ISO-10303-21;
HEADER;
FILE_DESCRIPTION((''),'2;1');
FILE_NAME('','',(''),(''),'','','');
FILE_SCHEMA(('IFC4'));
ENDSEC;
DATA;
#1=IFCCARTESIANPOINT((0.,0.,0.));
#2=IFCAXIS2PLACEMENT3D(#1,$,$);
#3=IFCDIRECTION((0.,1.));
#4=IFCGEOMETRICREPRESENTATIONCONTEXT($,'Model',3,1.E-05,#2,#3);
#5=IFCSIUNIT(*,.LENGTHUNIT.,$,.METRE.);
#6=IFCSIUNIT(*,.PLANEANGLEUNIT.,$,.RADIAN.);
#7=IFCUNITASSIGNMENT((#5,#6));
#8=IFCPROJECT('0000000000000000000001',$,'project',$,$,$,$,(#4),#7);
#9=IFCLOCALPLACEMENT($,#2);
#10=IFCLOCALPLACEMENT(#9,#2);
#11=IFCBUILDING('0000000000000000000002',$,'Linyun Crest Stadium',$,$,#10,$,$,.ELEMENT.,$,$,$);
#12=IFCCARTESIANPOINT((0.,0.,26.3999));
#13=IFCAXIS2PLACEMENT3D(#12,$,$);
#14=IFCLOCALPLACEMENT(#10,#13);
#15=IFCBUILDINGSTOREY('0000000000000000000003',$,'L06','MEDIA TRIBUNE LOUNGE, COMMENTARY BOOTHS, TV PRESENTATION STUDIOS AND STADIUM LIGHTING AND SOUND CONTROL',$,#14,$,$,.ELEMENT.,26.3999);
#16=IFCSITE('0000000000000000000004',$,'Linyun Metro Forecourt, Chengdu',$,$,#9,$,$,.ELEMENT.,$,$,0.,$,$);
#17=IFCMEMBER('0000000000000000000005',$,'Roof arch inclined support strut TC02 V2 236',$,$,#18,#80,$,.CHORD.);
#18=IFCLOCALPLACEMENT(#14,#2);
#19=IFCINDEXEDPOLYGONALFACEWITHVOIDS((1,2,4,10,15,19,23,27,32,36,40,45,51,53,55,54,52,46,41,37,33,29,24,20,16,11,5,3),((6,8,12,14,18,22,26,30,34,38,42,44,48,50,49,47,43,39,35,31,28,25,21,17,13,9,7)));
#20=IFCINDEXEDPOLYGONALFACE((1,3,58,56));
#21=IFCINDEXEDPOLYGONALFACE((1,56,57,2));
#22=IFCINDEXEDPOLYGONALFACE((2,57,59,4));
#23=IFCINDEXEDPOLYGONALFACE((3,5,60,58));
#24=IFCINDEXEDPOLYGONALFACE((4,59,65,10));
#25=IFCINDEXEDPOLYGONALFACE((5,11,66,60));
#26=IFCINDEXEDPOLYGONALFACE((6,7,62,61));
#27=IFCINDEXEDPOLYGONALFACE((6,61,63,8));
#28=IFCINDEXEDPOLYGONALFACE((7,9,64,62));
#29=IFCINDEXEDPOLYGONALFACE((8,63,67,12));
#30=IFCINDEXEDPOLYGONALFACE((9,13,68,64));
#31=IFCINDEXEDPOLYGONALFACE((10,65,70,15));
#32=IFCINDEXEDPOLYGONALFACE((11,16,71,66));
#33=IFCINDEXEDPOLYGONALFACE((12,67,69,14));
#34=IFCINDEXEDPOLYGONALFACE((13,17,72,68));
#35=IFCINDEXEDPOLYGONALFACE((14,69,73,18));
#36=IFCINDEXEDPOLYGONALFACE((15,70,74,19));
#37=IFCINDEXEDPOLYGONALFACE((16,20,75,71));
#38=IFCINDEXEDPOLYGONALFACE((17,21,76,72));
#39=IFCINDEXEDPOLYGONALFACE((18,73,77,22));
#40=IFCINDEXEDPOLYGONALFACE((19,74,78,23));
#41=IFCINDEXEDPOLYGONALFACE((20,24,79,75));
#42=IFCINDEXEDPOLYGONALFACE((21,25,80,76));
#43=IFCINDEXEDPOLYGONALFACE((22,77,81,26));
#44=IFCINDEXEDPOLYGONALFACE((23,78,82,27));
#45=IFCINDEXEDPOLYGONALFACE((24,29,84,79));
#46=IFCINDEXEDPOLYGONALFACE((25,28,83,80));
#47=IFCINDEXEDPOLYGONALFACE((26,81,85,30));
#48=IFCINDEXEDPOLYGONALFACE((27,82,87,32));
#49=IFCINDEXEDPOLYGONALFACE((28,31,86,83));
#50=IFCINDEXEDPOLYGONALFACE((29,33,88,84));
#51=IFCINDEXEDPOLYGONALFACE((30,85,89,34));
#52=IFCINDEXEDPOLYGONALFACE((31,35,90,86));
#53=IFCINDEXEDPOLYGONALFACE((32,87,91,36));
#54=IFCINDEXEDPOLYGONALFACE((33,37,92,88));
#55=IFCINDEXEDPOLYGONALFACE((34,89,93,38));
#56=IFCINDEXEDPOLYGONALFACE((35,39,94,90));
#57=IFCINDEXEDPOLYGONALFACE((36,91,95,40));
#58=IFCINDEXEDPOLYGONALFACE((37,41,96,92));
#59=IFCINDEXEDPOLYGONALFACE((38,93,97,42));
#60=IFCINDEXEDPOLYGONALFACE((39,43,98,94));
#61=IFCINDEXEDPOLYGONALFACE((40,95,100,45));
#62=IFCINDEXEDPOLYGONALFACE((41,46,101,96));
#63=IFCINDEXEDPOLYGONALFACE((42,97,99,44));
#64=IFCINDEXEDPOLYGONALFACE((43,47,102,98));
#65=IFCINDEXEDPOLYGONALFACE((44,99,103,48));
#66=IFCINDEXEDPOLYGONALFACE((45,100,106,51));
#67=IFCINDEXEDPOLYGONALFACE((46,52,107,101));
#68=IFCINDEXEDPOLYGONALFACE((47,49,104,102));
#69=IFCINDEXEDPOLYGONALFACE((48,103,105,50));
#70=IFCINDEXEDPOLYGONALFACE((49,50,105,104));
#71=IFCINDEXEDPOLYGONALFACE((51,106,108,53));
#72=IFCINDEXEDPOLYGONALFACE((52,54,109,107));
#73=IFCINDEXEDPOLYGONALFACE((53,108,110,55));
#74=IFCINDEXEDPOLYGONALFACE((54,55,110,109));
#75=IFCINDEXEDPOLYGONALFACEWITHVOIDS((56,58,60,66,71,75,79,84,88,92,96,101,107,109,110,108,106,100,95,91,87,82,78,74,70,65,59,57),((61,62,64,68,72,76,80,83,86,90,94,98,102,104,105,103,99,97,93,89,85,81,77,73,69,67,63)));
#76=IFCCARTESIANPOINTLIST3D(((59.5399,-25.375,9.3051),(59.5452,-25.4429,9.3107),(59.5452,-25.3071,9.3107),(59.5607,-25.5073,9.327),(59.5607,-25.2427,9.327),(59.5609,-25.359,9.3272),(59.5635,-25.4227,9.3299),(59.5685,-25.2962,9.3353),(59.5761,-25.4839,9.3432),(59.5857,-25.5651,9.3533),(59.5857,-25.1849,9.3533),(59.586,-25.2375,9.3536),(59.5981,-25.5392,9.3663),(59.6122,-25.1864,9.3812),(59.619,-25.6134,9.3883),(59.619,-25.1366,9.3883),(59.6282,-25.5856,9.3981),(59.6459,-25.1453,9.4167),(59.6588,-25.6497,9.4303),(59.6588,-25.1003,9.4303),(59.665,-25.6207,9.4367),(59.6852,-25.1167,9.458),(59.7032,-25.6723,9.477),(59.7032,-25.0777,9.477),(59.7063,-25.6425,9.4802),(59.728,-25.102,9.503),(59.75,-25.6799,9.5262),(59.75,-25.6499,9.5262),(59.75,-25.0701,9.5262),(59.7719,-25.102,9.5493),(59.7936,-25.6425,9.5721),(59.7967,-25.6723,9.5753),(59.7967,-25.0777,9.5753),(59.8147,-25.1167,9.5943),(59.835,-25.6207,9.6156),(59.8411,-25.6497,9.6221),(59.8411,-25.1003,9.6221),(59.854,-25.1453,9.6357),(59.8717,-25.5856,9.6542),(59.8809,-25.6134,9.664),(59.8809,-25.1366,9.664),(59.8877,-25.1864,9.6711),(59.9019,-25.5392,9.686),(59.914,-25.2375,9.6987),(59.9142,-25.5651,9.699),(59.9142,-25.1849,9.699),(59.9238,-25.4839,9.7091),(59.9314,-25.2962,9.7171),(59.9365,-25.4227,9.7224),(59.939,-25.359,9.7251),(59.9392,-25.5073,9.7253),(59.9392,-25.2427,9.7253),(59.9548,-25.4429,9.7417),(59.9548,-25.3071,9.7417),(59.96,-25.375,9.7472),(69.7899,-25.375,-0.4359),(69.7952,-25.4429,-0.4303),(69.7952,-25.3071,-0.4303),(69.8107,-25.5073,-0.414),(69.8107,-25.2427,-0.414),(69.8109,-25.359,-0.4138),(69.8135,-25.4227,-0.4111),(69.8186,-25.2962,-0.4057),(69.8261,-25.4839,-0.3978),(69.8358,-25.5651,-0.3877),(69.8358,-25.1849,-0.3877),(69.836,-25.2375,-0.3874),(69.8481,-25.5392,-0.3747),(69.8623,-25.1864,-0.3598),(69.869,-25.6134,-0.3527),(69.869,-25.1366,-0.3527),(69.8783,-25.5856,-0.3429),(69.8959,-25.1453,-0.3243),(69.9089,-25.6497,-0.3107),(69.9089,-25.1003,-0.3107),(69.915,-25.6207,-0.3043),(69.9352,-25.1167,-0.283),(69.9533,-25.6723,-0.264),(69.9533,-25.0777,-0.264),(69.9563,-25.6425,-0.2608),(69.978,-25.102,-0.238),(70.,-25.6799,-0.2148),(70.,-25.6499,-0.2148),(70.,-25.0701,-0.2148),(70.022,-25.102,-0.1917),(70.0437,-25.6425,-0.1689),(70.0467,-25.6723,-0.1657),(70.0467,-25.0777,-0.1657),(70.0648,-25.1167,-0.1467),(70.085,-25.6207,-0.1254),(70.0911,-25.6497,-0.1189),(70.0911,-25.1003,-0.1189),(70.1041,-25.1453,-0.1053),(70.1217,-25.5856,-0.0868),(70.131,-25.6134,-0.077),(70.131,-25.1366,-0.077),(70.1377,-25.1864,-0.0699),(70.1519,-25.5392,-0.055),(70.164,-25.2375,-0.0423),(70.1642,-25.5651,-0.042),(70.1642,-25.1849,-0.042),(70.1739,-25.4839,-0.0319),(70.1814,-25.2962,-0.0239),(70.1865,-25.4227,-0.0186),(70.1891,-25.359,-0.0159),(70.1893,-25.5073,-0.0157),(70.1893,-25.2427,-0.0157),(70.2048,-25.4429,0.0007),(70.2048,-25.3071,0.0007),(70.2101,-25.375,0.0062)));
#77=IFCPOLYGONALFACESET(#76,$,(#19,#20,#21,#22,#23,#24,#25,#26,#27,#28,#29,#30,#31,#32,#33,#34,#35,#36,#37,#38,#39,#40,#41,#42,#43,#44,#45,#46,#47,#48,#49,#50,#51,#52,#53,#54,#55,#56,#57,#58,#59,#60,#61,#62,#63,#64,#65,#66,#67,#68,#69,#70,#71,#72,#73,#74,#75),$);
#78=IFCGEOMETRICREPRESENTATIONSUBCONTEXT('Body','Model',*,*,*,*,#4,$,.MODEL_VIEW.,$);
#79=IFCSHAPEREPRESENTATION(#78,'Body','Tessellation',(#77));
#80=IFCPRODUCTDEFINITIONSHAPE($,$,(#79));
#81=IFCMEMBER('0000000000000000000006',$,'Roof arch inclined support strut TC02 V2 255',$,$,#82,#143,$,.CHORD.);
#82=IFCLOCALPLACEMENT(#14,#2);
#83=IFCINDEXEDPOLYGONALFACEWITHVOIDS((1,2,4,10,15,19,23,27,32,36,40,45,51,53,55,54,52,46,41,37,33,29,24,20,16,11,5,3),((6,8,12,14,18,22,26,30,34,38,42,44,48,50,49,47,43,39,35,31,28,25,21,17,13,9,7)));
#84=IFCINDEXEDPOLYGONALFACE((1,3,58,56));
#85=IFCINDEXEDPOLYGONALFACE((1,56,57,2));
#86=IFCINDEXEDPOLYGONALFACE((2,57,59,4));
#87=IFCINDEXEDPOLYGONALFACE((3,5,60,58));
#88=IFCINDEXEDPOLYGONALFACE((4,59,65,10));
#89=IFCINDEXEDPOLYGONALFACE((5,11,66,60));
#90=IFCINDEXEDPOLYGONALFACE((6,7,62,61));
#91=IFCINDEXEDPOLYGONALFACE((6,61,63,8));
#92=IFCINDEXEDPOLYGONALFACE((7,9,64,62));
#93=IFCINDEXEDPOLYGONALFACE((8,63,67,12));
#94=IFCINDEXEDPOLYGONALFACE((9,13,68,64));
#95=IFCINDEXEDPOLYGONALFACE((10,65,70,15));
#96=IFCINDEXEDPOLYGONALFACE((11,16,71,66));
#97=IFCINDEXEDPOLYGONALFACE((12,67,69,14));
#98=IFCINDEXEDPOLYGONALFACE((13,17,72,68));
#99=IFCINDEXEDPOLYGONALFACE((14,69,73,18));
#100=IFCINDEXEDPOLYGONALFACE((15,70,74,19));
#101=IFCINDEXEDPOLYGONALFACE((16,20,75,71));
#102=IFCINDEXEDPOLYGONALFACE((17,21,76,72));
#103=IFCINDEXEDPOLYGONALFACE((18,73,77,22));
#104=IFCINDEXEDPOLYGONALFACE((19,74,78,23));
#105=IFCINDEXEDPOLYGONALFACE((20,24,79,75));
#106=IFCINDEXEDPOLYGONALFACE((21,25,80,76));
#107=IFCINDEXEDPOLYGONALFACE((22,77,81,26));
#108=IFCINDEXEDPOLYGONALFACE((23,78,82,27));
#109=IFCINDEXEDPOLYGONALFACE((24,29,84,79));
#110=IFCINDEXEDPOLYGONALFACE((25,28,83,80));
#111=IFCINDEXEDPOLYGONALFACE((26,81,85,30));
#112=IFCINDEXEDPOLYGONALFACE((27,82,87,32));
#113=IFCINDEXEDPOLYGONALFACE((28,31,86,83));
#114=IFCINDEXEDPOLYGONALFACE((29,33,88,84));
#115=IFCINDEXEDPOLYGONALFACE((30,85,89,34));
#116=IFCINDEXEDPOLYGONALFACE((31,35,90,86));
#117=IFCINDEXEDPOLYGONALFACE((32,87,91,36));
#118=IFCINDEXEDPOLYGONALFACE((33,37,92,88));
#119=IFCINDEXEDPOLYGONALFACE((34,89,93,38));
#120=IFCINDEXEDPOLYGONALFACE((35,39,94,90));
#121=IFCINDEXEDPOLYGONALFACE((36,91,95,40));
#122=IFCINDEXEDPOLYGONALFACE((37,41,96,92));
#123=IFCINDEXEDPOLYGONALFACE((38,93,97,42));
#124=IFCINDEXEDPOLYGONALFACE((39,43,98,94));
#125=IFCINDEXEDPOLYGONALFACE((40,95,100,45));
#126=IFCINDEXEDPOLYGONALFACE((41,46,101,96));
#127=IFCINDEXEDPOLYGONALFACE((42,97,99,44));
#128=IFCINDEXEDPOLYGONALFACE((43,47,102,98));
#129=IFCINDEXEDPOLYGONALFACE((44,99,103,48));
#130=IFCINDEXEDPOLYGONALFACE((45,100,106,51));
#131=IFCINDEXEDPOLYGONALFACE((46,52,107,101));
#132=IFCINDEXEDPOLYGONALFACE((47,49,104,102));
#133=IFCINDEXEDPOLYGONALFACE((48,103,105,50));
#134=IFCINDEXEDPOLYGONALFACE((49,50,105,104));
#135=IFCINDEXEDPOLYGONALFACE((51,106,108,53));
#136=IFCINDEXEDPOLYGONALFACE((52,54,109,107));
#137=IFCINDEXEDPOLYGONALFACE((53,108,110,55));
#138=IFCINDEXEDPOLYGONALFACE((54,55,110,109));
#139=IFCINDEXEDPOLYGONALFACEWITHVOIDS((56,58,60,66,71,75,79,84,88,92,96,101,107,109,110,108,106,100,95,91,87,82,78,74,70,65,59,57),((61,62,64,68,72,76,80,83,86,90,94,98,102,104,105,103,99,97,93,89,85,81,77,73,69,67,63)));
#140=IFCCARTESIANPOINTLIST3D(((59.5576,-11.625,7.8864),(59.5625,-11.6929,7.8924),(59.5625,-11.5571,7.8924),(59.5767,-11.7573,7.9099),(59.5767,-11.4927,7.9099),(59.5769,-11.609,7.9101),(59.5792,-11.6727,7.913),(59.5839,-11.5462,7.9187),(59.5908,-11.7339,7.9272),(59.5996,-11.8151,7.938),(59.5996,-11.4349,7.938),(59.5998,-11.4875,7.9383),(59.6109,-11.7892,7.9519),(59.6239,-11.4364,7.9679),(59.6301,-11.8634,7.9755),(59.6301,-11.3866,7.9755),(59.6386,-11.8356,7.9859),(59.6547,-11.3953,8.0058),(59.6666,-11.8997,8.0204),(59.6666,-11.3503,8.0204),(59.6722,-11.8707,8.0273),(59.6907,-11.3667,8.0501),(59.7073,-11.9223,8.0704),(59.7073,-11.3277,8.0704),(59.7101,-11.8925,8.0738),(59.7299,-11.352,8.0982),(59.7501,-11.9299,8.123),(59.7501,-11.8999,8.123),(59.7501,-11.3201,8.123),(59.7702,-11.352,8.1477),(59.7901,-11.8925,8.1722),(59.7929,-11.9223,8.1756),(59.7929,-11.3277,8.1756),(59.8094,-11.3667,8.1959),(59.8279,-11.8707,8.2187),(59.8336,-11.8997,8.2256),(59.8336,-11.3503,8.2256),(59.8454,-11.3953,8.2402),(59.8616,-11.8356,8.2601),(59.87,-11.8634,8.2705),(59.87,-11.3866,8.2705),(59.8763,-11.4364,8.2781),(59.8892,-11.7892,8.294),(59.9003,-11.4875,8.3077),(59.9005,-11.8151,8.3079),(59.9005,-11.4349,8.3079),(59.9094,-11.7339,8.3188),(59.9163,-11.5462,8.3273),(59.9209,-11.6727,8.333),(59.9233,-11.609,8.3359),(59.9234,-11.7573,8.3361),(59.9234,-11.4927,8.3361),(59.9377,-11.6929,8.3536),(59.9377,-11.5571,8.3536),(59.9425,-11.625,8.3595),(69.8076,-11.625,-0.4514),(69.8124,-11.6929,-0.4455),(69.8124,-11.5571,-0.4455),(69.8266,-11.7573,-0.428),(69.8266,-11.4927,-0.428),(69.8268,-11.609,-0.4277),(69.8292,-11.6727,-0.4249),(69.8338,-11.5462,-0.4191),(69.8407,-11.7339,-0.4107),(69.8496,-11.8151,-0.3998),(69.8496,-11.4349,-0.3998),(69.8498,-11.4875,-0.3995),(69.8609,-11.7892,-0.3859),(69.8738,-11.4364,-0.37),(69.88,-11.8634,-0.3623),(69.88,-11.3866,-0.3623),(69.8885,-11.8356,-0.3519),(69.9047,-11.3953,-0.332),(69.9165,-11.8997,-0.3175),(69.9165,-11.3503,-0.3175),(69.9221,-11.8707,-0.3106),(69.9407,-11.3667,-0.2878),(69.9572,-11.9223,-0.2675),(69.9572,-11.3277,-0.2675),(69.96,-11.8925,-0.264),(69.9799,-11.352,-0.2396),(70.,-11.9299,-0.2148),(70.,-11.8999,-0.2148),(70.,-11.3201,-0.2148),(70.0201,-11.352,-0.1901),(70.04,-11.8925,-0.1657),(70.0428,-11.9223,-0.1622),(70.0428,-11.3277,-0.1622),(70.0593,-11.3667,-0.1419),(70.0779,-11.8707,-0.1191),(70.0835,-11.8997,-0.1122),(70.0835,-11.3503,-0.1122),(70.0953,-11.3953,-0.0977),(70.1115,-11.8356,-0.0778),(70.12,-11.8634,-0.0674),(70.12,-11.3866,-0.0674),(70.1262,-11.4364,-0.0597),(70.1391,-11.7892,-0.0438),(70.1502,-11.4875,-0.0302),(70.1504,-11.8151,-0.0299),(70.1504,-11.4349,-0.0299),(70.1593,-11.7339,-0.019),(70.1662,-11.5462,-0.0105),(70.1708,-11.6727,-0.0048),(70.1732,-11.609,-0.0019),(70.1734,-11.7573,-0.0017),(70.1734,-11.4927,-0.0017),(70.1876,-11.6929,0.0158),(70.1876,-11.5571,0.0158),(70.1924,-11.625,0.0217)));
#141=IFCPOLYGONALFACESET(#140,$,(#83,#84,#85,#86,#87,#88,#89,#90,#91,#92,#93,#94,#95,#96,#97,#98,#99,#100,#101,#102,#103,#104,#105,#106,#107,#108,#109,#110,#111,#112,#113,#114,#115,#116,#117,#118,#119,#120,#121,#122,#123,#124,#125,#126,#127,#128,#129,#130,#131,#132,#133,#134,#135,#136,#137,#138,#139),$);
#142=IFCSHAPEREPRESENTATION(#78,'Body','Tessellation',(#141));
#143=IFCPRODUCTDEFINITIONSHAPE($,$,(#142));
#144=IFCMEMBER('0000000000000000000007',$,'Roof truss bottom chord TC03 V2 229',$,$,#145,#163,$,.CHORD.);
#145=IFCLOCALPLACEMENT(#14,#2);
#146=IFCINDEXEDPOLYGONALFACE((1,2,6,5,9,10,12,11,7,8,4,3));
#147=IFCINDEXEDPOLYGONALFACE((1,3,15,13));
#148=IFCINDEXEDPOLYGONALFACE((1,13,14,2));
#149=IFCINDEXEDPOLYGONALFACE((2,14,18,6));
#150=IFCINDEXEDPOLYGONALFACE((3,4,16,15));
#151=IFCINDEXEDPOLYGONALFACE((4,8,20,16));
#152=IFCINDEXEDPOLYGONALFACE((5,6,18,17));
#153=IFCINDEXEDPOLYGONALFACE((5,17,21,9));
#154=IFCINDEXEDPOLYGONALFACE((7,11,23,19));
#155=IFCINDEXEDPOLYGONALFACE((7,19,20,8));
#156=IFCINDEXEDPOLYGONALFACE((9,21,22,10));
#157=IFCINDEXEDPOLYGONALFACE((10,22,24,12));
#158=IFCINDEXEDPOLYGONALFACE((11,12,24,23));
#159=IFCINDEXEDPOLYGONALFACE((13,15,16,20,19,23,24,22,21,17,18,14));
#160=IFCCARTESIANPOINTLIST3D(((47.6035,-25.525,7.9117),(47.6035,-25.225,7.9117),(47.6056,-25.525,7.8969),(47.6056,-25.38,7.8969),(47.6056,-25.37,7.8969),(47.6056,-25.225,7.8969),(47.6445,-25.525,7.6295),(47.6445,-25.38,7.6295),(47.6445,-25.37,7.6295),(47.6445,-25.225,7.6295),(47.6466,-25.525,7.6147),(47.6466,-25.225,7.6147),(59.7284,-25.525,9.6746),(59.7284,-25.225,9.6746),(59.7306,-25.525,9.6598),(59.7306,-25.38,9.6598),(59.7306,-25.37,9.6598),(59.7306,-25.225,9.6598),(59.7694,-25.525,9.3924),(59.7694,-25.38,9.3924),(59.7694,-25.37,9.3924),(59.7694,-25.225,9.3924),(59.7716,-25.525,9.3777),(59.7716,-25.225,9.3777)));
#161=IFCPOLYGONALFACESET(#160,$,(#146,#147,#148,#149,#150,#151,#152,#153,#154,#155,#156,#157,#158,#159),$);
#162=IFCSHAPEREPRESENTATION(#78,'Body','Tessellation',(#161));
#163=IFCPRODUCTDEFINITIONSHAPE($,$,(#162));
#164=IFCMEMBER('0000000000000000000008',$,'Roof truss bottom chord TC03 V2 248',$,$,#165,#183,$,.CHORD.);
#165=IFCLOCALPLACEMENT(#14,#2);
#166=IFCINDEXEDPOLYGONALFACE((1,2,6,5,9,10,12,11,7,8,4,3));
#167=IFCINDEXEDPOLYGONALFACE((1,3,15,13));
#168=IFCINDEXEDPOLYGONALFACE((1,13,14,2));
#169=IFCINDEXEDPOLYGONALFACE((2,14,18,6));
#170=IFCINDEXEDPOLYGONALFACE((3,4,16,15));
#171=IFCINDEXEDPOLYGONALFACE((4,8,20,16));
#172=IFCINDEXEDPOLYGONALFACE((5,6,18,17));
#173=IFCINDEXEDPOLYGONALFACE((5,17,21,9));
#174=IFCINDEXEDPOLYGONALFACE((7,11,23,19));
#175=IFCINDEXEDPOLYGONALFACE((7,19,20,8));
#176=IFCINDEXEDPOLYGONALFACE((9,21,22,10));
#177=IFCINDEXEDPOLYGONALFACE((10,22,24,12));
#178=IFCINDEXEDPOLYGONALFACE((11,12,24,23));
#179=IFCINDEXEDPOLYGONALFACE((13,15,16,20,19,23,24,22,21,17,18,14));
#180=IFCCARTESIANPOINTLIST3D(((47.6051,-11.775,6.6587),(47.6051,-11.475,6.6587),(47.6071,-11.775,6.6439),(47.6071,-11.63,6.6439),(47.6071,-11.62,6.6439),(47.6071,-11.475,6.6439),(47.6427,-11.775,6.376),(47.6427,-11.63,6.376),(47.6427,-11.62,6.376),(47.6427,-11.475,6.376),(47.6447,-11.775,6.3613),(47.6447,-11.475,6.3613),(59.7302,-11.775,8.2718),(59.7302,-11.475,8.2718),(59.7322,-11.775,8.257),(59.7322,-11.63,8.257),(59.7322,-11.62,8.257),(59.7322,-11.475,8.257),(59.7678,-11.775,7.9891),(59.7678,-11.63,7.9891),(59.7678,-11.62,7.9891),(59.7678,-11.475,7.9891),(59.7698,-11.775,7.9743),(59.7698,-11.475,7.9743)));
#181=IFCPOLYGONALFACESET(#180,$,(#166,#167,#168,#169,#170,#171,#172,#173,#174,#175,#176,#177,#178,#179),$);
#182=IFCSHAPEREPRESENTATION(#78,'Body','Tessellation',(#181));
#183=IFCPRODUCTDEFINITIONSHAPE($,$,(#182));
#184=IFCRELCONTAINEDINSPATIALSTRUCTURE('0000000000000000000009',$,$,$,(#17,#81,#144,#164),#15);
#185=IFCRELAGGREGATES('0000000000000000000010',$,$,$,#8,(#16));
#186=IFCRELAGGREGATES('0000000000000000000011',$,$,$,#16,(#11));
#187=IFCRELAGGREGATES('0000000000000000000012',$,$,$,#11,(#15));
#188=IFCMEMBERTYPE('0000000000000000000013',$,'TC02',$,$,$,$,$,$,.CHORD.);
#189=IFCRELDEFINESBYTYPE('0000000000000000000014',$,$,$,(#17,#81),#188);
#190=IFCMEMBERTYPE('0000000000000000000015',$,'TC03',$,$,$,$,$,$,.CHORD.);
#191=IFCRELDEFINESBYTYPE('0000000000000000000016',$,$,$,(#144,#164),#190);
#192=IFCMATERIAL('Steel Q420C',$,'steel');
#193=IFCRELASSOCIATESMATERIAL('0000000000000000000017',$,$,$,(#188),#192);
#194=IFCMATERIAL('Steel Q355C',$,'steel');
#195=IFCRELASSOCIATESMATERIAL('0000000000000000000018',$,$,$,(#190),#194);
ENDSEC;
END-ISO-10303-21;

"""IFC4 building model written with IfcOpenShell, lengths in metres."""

from ifc_helpers import new_model, si_unit, direction, frame, origin, origin_2d, place, context, subcontext, project, spatial, hollow_circle, i_section, extrude, material, material_profile, profile_set, type_object, element, save


model = new_model("IFC4")

# Units and contexts
model_context = context("Model", 3, precision=1e-05, world=origin(), true_north=direction((0.0, 1.0)))
body_context = subcontext(model_context, "Body", "Model", "MODEL_VIEW")
ifc_project = project(units=[si_unit("LENGTHUNIT", "METRE"), si_unit("PLANEANGLEUNIT", "RADIAN")], contexts=[model_context])

# Site, building, storey
site_placement = place(None, origin())
site = spatial("IfcSite", under=ifc_project, at=site_placement, Name="Linyun Metro Forecourt, Chengdu", CompositionType="ELEMENT", RefElevation=0.0)
building_placement = place(site_placement, origin())
building = spatial("IfcBuilding", under=site, at=building_placement, Name="Linyun Crest Stadium", CompositionType="ELEMENT")
storey_placement = place(building_placement, frame((0.0, 0.0, 26.3999)))
storey = spatial("IfcBuildingStorey", under=building, at=storey_placement, Name="L06", Description="MEDIA TRIBUNE LOUNGE, COMMENTARY BOOTHS, TV PRESENTATION STUDIOS AND STADIUM LIGHTING AND SOUND CONTROL", CompositionType="ELEMENT", Elevation=26.3999)

# Members
ifc_material_1 = material(Name="Steel Q420C", Category="steel")
ifc_material_profile_1 = material_profile(ifc_material_1, hollow_circle(Radius=0.3049, WallThickness=0.03, at=origin_2d()), Name="CHS 610x30")
ifc_profile_set_1 = profile_set([ifc_material_profile_1], Name="Steel Q420C")
member_type_1 = type_object("IfcMemberType", Name="TC02", PredefinedType="CHORD", material=ifc_profile_set_1)
member_1_placement = place(storey_placement, frame((70.0, -25.375, -0.2148), z_axis=(-0.724877, 0.0, 0.688878), x_axis=(0.0, -1.0, 0.0)))
element("IfcMember", 1, at=member_1_placement, inside=storey, type_object=member_type_1, Name="Roof arch inclined support strut TC02 V2 236", PredefinedType="CHORD", context=body_context, shape_type="SweptSolid", body=[
    extrude(hollow_circle(Radius=0.3049, WallThickness=0.03, at=origin_2d()), origin(), (0.0, 0.0, 1.0), 14.1404),
])
member_2_placement = place(storey_placement, frame((70.0, -11.625, -0.2148), z_axis=(-0.775752, 0.0, 0.631038), x_axis=(0.0, -1.0, 0.0)))
element("IfcMember", 2, at=member_2_placement, inside=storey, type_object=member_type_1, Name="Roof arch inclined support strut TC02 V2 255", PredefinedType="CHORD", context=body_context, shape_type="SweptSolid", body=[
    extrude(hollow_circle(Radius=0.3049, WallThickness=0.03, at=origin_2d()), origin(), (0.0, 0.0, 1.0), 13.2129),
])
ifc_material_2 = material(Name="Steel Q355C", Category="steel")
ifc_material_profile_2 = material_profile(ifc_material_2, i_section(OverallWidth=0.3, OverallDepth=0.3, WebThickness=0.01, FlangeThickness=0.0149, at=origin_2d()), Name="HW 300x300")
ifc_profile_set_2 = profile_set([ifc_material_profile_2], Name="Steel Q355C")
member_type_2 = type_object("IfcMemberType", Name="TC03", PredefinedType="CHORD", material=ifc_profile_set_2)
member_3_placement = place(storey_placement, frame((59.75, -25.375, 9.5261), z_axis=(-0.989595, 0.0, -0.143884), x_axis=(0.0, -1.0, 0.0)))
element("IfcMember", 3, at=member_3_placement, inside=storey, type_object=member_type_2, Name="Roof truss bottom chord TC03 V2 229", PredefinedType="CHORD", context=body_context, shape_type="SweptSolid", body=[
    extrude(i_section(OverallWidth=0.3, OverallDepth=0.3, WebThickness=0.01, FlangeThickness=0.0149, at=origin_2d()), origin(), (0.0, 0.0, 1.0), 12.2524),
])
member_4_placement = place(storey_placement, frame((59.75, -11.625, 8.123), z_axis=(-0.991267, 0.0, -0.131872), x_axis=(0.0, -1.0, 0.0)))
element("IfcMember", 4, at=member_4_placement, inside=storey, type_object=member_type_2, Name="Roof truss bottom chord TC03 V2 248", PredefinedType="CHORD", context=body_context, shape_type="SweptSolid", body=[
    extrude(i_section(OverallWidth=0.3, OverallDepth=0.3, WebThickness=0.01, FlangeThickness=0.0149, at=origin_2d()), origin(), (0.0, 0.0, 1.0), 12.2319),
])

save(model, "model.ifc")
